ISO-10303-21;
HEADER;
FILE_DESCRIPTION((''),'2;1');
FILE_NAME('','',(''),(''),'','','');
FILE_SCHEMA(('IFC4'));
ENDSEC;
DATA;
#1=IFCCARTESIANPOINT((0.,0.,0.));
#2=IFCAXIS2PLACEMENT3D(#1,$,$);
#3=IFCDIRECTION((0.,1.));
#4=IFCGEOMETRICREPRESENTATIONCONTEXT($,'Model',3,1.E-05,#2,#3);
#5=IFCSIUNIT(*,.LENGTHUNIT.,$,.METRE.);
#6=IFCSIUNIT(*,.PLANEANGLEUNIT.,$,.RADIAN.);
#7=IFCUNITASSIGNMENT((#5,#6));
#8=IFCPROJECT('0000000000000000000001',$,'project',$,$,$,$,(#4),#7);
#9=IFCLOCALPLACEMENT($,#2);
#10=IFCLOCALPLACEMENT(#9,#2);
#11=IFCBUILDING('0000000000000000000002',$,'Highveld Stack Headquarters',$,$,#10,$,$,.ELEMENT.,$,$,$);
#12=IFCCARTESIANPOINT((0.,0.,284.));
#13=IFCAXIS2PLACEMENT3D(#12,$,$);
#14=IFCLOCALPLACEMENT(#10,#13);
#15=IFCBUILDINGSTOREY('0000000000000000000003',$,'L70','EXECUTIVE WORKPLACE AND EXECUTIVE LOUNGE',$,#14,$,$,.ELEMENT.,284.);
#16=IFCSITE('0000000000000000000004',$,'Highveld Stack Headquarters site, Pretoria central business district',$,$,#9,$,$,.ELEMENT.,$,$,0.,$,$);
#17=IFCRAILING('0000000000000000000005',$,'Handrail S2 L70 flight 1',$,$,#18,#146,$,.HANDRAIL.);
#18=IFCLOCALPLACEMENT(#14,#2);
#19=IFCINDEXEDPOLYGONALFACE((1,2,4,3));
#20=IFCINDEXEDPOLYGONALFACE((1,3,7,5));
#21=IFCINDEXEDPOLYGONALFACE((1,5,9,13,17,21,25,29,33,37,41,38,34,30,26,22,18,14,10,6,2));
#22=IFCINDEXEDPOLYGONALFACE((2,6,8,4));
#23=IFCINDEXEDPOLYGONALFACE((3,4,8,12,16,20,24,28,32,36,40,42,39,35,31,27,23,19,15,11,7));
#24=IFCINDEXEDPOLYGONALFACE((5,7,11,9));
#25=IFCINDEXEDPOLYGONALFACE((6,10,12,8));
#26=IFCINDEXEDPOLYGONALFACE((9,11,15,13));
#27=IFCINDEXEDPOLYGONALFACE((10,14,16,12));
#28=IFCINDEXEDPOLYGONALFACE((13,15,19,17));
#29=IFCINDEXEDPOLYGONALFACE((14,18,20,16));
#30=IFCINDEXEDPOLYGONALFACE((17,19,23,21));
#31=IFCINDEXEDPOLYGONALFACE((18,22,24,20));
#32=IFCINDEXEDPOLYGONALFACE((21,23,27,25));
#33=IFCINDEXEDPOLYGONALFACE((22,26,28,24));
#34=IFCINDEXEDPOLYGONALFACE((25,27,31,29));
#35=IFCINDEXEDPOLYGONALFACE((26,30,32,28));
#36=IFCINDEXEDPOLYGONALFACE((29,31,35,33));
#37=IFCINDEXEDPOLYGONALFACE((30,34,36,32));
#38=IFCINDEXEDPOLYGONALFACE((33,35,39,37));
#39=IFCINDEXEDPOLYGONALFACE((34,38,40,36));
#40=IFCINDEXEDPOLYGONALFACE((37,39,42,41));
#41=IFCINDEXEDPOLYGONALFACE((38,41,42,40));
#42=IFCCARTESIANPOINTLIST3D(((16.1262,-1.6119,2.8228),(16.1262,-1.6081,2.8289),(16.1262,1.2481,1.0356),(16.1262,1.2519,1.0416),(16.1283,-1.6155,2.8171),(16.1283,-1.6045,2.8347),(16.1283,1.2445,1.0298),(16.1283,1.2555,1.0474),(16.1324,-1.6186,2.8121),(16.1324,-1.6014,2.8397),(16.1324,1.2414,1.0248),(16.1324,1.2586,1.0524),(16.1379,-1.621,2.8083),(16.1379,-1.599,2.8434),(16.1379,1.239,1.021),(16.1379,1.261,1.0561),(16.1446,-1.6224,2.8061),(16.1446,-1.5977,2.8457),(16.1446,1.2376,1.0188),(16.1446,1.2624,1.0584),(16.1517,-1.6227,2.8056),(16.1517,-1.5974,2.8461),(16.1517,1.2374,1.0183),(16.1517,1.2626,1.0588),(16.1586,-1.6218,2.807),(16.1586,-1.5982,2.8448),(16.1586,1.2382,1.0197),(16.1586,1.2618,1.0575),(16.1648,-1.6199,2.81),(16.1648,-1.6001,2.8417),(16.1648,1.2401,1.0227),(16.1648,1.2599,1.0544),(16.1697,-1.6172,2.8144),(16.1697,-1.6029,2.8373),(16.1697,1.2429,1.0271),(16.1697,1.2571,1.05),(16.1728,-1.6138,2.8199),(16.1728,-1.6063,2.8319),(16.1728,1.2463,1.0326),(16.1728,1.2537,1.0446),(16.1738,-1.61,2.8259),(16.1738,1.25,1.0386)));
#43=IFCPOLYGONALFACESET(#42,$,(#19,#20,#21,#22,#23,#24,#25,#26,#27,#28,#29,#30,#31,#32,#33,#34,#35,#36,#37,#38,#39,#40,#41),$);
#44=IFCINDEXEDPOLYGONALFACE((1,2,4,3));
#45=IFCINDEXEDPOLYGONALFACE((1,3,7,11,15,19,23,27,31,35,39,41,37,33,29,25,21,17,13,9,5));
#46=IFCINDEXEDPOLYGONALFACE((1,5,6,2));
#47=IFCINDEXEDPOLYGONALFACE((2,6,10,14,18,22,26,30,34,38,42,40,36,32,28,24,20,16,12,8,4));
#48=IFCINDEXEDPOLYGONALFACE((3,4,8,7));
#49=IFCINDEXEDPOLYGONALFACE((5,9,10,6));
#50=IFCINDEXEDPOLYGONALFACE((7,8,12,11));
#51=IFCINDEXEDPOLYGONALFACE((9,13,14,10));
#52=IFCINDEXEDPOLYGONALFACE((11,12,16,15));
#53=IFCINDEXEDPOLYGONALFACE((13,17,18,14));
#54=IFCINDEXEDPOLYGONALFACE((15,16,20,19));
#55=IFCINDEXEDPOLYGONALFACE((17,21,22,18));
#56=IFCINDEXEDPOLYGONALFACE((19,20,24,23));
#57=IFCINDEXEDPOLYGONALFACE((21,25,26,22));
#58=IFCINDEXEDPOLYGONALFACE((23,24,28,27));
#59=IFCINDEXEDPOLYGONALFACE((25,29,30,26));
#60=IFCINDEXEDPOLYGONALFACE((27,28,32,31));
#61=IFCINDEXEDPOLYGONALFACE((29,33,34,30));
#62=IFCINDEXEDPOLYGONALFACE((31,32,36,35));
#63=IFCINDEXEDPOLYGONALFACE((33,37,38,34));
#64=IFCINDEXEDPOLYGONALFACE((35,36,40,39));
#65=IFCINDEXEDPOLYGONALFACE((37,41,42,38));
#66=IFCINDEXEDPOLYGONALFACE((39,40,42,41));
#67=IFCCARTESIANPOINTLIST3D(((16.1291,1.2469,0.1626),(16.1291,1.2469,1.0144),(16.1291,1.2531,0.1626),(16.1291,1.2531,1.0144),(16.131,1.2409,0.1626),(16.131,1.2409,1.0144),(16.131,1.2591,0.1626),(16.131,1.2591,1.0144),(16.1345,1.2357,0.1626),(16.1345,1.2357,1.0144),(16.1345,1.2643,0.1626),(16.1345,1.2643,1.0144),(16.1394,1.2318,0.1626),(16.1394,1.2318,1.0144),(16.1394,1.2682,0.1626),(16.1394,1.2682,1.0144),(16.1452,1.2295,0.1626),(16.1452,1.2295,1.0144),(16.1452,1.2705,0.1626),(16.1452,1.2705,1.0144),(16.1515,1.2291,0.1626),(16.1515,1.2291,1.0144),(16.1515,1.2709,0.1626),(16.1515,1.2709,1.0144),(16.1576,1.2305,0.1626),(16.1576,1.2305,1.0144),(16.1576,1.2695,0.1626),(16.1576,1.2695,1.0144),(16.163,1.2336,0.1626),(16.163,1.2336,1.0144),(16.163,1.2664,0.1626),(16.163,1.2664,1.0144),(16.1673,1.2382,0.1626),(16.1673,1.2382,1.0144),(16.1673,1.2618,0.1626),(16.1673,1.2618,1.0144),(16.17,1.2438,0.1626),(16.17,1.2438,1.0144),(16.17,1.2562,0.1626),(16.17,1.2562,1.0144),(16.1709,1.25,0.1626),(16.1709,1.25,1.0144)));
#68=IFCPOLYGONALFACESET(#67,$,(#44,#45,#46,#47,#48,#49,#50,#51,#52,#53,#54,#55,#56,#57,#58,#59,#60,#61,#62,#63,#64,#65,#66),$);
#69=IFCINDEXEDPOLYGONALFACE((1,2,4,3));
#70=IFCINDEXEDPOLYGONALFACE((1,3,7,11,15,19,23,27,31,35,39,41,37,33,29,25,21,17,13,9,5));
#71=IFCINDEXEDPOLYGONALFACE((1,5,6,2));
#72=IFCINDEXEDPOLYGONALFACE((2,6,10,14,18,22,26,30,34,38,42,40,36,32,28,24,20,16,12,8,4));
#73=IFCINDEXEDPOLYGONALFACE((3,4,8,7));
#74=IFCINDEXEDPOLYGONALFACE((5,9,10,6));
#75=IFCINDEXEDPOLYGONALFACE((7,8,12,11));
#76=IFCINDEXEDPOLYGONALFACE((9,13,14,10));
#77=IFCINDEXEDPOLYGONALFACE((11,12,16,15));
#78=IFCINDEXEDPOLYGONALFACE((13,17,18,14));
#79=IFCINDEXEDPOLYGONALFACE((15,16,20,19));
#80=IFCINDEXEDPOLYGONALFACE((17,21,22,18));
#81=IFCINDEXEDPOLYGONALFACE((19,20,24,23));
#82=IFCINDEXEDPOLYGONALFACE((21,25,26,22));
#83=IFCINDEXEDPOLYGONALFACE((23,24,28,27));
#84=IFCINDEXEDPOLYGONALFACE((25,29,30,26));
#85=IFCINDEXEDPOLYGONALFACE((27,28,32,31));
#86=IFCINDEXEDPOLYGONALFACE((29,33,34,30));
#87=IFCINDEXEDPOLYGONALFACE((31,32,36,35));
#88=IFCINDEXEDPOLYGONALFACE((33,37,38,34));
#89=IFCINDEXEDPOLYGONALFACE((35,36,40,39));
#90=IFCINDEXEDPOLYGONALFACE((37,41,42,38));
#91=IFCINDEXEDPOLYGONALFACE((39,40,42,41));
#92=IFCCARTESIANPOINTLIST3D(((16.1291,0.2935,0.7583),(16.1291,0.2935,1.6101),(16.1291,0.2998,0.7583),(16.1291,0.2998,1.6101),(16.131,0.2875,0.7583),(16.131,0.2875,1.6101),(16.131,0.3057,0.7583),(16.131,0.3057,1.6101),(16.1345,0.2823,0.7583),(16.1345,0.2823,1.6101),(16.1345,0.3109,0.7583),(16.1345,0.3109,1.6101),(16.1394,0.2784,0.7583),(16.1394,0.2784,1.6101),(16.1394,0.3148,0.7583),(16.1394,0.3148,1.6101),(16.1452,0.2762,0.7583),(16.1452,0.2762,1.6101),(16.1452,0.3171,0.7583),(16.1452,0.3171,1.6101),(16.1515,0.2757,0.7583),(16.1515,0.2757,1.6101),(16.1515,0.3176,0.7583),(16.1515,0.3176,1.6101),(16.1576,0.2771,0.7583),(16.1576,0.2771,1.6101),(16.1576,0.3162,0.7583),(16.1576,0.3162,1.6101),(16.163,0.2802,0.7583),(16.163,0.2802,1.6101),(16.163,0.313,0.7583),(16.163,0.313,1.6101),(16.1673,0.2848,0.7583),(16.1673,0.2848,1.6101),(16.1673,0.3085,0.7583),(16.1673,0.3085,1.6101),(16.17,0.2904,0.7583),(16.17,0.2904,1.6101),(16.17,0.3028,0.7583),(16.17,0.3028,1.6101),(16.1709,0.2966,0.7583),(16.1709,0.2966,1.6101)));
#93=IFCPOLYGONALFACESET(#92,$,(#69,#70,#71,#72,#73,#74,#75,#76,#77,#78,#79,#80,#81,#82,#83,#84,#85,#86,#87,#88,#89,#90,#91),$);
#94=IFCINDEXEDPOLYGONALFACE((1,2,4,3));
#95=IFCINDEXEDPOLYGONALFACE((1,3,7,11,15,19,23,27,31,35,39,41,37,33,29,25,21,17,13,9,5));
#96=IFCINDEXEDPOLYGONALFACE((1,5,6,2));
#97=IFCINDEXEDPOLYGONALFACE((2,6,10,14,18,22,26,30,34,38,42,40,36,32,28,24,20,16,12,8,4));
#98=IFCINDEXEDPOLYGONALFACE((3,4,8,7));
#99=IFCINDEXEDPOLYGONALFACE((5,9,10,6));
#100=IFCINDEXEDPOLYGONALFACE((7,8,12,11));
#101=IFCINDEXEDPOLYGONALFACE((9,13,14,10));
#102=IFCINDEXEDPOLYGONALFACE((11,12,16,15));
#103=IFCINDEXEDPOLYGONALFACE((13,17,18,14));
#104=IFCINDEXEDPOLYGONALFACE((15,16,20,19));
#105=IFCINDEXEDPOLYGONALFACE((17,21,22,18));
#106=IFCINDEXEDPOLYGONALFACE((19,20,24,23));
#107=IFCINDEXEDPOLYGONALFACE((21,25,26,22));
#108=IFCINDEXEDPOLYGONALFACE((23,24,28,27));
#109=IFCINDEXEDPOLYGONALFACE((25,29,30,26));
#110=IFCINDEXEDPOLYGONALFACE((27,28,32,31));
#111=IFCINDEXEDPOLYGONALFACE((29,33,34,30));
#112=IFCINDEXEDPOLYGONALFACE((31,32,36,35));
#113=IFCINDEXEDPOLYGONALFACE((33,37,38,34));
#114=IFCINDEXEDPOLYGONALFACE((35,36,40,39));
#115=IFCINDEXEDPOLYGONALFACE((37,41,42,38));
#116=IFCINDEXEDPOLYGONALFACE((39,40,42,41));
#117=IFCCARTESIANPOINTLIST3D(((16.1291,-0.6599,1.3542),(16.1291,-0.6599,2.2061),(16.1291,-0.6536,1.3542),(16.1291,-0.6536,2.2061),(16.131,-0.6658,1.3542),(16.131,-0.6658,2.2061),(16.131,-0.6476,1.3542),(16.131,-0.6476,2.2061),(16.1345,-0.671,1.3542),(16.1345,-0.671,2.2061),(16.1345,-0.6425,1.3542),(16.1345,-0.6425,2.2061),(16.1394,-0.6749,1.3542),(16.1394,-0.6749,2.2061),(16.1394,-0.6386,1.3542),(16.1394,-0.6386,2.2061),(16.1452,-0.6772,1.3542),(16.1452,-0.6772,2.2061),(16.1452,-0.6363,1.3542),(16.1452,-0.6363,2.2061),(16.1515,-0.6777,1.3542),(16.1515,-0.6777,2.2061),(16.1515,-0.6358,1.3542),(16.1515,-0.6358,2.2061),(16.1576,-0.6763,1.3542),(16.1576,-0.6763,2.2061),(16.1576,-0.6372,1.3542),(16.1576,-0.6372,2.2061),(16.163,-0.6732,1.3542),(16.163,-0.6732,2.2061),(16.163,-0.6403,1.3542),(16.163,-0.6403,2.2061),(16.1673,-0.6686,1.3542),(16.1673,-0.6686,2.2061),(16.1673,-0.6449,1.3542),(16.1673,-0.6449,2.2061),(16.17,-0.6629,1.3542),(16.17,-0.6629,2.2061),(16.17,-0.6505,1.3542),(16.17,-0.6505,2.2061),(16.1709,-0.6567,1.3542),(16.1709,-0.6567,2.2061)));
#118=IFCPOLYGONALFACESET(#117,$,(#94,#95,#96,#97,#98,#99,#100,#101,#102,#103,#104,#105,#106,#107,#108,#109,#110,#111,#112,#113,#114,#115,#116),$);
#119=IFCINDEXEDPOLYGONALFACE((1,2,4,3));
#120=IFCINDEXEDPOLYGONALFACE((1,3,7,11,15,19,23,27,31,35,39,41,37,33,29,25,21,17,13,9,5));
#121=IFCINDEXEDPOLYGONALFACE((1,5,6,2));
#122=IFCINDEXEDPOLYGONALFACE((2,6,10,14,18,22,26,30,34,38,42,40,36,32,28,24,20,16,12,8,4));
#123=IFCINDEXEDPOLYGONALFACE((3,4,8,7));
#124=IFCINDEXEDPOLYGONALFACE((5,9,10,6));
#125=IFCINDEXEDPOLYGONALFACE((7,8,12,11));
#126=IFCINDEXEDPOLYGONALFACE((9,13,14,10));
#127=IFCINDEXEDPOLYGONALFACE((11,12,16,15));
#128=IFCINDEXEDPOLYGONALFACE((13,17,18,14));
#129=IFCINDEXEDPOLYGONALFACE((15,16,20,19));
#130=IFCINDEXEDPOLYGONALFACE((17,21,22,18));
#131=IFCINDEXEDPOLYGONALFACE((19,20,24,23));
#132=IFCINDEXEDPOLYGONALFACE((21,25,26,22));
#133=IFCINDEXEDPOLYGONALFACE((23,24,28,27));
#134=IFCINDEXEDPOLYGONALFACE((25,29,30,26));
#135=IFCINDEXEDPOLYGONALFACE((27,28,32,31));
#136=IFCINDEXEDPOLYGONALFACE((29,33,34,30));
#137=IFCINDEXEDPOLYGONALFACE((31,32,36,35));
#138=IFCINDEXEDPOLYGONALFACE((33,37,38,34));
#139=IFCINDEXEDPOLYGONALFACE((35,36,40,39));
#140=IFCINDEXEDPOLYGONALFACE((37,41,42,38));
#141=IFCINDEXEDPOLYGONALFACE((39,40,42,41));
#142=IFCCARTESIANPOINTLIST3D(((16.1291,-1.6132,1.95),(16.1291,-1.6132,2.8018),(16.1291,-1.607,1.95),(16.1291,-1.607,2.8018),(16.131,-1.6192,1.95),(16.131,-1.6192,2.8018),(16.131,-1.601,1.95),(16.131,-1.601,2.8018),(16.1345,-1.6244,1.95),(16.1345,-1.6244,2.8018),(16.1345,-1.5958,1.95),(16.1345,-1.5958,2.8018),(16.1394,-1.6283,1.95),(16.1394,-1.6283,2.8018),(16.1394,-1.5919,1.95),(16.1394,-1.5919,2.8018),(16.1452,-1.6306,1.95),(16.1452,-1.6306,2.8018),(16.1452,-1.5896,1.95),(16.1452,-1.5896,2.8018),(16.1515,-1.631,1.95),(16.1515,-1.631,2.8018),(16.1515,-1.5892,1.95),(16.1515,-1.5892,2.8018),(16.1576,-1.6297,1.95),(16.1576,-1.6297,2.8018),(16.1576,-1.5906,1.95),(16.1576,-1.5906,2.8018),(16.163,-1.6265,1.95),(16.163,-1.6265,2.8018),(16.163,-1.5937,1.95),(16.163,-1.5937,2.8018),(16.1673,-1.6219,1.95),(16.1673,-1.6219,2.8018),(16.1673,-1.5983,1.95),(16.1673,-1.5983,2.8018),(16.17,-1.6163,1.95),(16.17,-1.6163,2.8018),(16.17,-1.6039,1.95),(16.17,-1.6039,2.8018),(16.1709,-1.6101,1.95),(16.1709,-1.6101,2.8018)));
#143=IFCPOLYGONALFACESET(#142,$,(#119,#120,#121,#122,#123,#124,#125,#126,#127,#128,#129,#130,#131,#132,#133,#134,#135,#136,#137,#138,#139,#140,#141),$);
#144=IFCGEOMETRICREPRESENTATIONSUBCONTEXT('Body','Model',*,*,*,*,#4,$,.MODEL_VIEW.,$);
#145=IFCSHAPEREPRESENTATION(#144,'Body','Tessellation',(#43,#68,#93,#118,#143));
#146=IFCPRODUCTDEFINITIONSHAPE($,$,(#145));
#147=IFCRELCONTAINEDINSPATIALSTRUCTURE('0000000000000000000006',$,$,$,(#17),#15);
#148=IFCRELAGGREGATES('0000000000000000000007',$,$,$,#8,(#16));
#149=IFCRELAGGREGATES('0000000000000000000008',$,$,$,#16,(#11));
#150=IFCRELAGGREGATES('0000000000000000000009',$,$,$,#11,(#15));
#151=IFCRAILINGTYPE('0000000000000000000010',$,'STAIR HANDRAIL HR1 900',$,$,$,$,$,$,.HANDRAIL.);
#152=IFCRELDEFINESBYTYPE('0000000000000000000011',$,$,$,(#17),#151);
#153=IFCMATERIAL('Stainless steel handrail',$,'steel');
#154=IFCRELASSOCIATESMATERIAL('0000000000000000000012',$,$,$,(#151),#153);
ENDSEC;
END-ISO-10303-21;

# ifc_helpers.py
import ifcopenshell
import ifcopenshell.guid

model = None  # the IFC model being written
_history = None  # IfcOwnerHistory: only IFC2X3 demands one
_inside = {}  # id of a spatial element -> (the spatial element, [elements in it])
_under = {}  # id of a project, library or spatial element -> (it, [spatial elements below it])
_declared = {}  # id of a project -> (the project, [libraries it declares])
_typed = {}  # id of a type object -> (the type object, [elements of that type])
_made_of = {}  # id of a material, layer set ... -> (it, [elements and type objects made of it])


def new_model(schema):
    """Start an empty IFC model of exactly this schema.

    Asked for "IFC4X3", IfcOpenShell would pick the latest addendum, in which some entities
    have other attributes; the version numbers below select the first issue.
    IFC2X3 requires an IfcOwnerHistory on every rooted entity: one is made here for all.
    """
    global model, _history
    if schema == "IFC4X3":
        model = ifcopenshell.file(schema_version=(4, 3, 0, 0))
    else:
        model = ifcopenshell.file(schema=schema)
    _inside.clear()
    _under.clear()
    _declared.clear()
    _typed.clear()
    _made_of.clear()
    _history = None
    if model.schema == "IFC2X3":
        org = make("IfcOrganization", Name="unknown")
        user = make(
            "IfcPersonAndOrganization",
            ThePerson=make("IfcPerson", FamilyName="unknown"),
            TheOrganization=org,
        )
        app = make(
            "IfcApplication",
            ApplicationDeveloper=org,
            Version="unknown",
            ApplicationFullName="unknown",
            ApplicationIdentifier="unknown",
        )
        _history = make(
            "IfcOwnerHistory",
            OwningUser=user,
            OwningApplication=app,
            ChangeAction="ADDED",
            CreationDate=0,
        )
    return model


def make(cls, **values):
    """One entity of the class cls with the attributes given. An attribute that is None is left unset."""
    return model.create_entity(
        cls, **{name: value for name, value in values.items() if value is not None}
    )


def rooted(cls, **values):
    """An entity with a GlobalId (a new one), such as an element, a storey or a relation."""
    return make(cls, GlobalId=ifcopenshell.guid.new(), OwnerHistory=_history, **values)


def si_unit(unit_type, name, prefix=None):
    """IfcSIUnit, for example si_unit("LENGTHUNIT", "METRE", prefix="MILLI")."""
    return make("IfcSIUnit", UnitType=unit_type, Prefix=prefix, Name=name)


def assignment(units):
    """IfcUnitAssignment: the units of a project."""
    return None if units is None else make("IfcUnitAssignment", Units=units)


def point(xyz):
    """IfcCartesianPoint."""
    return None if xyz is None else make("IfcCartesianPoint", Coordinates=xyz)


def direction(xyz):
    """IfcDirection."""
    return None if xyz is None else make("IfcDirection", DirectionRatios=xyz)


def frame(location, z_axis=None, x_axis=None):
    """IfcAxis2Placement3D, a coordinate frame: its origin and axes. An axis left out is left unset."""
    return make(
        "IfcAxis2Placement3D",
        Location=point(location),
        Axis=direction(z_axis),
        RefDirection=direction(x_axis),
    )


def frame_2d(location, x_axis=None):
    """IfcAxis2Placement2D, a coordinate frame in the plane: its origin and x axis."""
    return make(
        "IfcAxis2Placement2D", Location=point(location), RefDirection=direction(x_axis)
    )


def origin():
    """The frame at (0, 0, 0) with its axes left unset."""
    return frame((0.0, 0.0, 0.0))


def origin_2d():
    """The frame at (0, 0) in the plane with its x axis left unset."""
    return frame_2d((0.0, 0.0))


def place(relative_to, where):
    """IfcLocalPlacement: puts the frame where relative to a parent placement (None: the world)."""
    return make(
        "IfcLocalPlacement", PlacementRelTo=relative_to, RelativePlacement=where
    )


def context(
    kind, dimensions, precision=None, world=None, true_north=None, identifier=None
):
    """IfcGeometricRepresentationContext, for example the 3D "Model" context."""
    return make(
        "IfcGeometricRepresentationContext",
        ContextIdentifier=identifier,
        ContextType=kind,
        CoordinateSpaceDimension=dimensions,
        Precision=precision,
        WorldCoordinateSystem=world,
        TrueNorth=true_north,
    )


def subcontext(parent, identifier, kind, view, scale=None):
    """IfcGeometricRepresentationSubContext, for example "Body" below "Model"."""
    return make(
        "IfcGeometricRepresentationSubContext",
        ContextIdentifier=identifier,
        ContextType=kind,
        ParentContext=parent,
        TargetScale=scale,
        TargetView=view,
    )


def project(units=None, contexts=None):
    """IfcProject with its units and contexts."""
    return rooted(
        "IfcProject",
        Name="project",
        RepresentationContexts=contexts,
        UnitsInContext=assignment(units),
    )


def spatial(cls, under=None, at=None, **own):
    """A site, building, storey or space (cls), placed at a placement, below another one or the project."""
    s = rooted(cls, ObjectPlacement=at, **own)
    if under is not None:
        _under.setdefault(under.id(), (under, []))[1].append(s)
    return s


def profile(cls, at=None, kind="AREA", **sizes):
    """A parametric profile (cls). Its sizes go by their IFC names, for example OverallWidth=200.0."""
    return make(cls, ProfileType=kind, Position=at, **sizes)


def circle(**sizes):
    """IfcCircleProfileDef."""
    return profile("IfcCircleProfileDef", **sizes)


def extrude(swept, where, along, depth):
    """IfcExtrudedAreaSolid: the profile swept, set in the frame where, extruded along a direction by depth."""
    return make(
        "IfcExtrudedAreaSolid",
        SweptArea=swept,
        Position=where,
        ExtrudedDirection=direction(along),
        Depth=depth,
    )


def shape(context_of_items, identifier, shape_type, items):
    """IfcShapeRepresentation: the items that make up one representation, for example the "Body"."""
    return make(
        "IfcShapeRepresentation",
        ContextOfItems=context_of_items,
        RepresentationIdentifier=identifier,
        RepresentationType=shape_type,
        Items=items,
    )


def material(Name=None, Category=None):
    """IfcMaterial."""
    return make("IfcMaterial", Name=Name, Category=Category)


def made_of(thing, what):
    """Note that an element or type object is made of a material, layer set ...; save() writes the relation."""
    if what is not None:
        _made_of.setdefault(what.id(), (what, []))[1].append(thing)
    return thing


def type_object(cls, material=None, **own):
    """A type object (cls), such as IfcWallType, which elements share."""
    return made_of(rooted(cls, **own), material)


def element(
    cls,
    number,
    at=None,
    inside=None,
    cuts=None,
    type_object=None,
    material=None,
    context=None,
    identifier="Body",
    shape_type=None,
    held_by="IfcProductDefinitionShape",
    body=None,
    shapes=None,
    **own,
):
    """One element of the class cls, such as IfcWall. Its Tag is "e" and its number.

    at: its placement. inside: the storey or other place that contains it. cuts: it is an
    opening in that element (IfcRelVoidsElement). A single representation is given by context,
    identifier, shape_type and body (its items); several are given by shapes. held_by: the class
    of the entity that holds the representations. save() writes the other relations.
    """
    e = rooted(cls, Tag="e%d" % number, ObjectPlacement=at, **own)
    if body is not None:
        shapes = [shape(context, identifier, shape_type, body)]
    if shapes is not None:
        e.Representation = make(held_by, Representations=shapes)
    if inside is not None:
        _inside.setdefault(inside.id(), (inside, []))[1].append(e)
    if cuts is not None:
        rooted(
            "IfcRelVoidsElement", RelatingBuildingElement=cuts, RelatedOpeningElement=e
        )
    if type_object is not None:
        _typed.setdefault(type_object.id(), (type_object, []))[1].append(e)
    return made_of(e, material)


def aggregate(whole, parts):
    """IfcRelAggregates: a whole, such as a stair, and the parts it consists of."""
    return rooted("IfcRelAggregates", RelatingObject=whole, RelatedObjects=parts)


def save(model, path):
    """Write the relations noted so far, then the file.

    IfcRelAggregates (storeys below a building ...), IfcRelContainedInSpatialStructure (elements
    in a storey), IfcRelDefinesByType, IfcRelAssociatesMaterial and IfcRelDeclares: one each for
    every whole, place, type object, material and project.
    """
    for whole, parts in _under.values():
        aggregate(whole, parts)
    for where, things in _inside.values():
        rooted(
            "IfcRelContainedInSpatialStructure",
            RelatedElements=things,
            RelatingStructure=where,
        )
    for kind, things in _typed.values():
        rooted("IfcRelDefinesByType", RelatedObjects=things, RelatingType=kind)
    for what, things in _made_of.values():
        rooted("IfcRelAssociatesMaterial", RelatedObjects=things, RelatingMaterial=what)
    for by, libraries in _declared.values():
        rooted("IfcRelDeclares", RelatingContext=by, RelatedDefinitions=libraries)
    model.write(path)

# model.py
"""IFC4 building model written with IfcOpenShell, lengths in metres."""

from ifc_helpers import new_model, si_unit, direction, frame, origin, origin_2d, place, context, subcontext, project, spatial, circle, extrude, material, type_object, element, save


model = new_model("IFC4")

# Units and contexts
model_context = context("Model", 3, precision=1e-05, world=origin(), true_north=direction((0.0, 1.0)))
body_context = subcontext(model_context, "Body", "Model", "MODEL_VIEW")
ifc_project = project(units=[si_unit("LENGTHUNIT", "METRE"), si_unit("PLANEANGLEUNIT", "RADIAN")], contexts=[model_context])

# Site, building, storey
site_placement = place(None, origin())
site = spatial("IfcSite", under=ifc_project, at=site_placement, Name="Highveld Stack Headquarters site, Pretoria central business district", CompositionType="ELEMENT", RefElevation=0.0)
building_placement = place(site_placement, origin())
building = spatial("IfcBuilding", under=site, at=building_placement, Name="Highveld Stack Headquarters", CompositionType="ELEMENT")
storey_placement = place(building_placement, frame((0.0, 0.0, 284.0)))
storey = spatial("IfcBuildingStorey", under=building, at=storey_placement, Name="L70", Description="EXECUTIVE WORKPLACE AND EXECUTIVE LOUNGE", CompositionType="ELEMENT", Elevation=284.0)

# Railing
ifc_material_1 = material(Name="Stainless steel handrail", Category="steel")
railing_type = type_object("IfcRailingType", Name="STAIR HANDRAIL HR1 900", PredefinedType="HANDRAIL", material=ifc_material_1)
for number, where, name in (
    (1, (16.1499, 1.25, 0.1626), "Handrail S2 L70 flight 1"),
):
    element("IfcRailing", number, at=place(storey_placement, frame(where)), inside=storey, type_object=railing_type, Name=name, PredefinedType="HANDRAIL", context=body_context, shape_type="SweptSolid", body=[
        extrude(circle(Radius=0.0239, at=origin_2d()), frame((0.0, 0.0, 0.876), z_axis=(0.0, -0.848027, 0.529953), x_axis=(1.0, 0.0, 0.0)), (0.0, 0.0, 1.0), 3.3726),
        extrude(circle(Radius=0.021, at=origin_2d()), origin(), (0.0, 0.0, 1.0), 0.8518),
        extrude(circle(Radius=0.021, at=origin_2d()), frame((0.0, -0.9534, 0.5957)), (0.0, 0.0, 1.0), 0.8518),
        extrude(circle(Radius=0.021, at=origin_2d()), frame((0.0, -1.9067, 1.1917)), (0.0, 0.0, 1.0), 0.8518),
        extrude(circle(Radius=0.021, at=origin_2d()), frame((0.0, -2.8601, 1.7874)), (0.0, 0.0, 1.0), 0.8518),
    ])

save(model, "model.ifc")
